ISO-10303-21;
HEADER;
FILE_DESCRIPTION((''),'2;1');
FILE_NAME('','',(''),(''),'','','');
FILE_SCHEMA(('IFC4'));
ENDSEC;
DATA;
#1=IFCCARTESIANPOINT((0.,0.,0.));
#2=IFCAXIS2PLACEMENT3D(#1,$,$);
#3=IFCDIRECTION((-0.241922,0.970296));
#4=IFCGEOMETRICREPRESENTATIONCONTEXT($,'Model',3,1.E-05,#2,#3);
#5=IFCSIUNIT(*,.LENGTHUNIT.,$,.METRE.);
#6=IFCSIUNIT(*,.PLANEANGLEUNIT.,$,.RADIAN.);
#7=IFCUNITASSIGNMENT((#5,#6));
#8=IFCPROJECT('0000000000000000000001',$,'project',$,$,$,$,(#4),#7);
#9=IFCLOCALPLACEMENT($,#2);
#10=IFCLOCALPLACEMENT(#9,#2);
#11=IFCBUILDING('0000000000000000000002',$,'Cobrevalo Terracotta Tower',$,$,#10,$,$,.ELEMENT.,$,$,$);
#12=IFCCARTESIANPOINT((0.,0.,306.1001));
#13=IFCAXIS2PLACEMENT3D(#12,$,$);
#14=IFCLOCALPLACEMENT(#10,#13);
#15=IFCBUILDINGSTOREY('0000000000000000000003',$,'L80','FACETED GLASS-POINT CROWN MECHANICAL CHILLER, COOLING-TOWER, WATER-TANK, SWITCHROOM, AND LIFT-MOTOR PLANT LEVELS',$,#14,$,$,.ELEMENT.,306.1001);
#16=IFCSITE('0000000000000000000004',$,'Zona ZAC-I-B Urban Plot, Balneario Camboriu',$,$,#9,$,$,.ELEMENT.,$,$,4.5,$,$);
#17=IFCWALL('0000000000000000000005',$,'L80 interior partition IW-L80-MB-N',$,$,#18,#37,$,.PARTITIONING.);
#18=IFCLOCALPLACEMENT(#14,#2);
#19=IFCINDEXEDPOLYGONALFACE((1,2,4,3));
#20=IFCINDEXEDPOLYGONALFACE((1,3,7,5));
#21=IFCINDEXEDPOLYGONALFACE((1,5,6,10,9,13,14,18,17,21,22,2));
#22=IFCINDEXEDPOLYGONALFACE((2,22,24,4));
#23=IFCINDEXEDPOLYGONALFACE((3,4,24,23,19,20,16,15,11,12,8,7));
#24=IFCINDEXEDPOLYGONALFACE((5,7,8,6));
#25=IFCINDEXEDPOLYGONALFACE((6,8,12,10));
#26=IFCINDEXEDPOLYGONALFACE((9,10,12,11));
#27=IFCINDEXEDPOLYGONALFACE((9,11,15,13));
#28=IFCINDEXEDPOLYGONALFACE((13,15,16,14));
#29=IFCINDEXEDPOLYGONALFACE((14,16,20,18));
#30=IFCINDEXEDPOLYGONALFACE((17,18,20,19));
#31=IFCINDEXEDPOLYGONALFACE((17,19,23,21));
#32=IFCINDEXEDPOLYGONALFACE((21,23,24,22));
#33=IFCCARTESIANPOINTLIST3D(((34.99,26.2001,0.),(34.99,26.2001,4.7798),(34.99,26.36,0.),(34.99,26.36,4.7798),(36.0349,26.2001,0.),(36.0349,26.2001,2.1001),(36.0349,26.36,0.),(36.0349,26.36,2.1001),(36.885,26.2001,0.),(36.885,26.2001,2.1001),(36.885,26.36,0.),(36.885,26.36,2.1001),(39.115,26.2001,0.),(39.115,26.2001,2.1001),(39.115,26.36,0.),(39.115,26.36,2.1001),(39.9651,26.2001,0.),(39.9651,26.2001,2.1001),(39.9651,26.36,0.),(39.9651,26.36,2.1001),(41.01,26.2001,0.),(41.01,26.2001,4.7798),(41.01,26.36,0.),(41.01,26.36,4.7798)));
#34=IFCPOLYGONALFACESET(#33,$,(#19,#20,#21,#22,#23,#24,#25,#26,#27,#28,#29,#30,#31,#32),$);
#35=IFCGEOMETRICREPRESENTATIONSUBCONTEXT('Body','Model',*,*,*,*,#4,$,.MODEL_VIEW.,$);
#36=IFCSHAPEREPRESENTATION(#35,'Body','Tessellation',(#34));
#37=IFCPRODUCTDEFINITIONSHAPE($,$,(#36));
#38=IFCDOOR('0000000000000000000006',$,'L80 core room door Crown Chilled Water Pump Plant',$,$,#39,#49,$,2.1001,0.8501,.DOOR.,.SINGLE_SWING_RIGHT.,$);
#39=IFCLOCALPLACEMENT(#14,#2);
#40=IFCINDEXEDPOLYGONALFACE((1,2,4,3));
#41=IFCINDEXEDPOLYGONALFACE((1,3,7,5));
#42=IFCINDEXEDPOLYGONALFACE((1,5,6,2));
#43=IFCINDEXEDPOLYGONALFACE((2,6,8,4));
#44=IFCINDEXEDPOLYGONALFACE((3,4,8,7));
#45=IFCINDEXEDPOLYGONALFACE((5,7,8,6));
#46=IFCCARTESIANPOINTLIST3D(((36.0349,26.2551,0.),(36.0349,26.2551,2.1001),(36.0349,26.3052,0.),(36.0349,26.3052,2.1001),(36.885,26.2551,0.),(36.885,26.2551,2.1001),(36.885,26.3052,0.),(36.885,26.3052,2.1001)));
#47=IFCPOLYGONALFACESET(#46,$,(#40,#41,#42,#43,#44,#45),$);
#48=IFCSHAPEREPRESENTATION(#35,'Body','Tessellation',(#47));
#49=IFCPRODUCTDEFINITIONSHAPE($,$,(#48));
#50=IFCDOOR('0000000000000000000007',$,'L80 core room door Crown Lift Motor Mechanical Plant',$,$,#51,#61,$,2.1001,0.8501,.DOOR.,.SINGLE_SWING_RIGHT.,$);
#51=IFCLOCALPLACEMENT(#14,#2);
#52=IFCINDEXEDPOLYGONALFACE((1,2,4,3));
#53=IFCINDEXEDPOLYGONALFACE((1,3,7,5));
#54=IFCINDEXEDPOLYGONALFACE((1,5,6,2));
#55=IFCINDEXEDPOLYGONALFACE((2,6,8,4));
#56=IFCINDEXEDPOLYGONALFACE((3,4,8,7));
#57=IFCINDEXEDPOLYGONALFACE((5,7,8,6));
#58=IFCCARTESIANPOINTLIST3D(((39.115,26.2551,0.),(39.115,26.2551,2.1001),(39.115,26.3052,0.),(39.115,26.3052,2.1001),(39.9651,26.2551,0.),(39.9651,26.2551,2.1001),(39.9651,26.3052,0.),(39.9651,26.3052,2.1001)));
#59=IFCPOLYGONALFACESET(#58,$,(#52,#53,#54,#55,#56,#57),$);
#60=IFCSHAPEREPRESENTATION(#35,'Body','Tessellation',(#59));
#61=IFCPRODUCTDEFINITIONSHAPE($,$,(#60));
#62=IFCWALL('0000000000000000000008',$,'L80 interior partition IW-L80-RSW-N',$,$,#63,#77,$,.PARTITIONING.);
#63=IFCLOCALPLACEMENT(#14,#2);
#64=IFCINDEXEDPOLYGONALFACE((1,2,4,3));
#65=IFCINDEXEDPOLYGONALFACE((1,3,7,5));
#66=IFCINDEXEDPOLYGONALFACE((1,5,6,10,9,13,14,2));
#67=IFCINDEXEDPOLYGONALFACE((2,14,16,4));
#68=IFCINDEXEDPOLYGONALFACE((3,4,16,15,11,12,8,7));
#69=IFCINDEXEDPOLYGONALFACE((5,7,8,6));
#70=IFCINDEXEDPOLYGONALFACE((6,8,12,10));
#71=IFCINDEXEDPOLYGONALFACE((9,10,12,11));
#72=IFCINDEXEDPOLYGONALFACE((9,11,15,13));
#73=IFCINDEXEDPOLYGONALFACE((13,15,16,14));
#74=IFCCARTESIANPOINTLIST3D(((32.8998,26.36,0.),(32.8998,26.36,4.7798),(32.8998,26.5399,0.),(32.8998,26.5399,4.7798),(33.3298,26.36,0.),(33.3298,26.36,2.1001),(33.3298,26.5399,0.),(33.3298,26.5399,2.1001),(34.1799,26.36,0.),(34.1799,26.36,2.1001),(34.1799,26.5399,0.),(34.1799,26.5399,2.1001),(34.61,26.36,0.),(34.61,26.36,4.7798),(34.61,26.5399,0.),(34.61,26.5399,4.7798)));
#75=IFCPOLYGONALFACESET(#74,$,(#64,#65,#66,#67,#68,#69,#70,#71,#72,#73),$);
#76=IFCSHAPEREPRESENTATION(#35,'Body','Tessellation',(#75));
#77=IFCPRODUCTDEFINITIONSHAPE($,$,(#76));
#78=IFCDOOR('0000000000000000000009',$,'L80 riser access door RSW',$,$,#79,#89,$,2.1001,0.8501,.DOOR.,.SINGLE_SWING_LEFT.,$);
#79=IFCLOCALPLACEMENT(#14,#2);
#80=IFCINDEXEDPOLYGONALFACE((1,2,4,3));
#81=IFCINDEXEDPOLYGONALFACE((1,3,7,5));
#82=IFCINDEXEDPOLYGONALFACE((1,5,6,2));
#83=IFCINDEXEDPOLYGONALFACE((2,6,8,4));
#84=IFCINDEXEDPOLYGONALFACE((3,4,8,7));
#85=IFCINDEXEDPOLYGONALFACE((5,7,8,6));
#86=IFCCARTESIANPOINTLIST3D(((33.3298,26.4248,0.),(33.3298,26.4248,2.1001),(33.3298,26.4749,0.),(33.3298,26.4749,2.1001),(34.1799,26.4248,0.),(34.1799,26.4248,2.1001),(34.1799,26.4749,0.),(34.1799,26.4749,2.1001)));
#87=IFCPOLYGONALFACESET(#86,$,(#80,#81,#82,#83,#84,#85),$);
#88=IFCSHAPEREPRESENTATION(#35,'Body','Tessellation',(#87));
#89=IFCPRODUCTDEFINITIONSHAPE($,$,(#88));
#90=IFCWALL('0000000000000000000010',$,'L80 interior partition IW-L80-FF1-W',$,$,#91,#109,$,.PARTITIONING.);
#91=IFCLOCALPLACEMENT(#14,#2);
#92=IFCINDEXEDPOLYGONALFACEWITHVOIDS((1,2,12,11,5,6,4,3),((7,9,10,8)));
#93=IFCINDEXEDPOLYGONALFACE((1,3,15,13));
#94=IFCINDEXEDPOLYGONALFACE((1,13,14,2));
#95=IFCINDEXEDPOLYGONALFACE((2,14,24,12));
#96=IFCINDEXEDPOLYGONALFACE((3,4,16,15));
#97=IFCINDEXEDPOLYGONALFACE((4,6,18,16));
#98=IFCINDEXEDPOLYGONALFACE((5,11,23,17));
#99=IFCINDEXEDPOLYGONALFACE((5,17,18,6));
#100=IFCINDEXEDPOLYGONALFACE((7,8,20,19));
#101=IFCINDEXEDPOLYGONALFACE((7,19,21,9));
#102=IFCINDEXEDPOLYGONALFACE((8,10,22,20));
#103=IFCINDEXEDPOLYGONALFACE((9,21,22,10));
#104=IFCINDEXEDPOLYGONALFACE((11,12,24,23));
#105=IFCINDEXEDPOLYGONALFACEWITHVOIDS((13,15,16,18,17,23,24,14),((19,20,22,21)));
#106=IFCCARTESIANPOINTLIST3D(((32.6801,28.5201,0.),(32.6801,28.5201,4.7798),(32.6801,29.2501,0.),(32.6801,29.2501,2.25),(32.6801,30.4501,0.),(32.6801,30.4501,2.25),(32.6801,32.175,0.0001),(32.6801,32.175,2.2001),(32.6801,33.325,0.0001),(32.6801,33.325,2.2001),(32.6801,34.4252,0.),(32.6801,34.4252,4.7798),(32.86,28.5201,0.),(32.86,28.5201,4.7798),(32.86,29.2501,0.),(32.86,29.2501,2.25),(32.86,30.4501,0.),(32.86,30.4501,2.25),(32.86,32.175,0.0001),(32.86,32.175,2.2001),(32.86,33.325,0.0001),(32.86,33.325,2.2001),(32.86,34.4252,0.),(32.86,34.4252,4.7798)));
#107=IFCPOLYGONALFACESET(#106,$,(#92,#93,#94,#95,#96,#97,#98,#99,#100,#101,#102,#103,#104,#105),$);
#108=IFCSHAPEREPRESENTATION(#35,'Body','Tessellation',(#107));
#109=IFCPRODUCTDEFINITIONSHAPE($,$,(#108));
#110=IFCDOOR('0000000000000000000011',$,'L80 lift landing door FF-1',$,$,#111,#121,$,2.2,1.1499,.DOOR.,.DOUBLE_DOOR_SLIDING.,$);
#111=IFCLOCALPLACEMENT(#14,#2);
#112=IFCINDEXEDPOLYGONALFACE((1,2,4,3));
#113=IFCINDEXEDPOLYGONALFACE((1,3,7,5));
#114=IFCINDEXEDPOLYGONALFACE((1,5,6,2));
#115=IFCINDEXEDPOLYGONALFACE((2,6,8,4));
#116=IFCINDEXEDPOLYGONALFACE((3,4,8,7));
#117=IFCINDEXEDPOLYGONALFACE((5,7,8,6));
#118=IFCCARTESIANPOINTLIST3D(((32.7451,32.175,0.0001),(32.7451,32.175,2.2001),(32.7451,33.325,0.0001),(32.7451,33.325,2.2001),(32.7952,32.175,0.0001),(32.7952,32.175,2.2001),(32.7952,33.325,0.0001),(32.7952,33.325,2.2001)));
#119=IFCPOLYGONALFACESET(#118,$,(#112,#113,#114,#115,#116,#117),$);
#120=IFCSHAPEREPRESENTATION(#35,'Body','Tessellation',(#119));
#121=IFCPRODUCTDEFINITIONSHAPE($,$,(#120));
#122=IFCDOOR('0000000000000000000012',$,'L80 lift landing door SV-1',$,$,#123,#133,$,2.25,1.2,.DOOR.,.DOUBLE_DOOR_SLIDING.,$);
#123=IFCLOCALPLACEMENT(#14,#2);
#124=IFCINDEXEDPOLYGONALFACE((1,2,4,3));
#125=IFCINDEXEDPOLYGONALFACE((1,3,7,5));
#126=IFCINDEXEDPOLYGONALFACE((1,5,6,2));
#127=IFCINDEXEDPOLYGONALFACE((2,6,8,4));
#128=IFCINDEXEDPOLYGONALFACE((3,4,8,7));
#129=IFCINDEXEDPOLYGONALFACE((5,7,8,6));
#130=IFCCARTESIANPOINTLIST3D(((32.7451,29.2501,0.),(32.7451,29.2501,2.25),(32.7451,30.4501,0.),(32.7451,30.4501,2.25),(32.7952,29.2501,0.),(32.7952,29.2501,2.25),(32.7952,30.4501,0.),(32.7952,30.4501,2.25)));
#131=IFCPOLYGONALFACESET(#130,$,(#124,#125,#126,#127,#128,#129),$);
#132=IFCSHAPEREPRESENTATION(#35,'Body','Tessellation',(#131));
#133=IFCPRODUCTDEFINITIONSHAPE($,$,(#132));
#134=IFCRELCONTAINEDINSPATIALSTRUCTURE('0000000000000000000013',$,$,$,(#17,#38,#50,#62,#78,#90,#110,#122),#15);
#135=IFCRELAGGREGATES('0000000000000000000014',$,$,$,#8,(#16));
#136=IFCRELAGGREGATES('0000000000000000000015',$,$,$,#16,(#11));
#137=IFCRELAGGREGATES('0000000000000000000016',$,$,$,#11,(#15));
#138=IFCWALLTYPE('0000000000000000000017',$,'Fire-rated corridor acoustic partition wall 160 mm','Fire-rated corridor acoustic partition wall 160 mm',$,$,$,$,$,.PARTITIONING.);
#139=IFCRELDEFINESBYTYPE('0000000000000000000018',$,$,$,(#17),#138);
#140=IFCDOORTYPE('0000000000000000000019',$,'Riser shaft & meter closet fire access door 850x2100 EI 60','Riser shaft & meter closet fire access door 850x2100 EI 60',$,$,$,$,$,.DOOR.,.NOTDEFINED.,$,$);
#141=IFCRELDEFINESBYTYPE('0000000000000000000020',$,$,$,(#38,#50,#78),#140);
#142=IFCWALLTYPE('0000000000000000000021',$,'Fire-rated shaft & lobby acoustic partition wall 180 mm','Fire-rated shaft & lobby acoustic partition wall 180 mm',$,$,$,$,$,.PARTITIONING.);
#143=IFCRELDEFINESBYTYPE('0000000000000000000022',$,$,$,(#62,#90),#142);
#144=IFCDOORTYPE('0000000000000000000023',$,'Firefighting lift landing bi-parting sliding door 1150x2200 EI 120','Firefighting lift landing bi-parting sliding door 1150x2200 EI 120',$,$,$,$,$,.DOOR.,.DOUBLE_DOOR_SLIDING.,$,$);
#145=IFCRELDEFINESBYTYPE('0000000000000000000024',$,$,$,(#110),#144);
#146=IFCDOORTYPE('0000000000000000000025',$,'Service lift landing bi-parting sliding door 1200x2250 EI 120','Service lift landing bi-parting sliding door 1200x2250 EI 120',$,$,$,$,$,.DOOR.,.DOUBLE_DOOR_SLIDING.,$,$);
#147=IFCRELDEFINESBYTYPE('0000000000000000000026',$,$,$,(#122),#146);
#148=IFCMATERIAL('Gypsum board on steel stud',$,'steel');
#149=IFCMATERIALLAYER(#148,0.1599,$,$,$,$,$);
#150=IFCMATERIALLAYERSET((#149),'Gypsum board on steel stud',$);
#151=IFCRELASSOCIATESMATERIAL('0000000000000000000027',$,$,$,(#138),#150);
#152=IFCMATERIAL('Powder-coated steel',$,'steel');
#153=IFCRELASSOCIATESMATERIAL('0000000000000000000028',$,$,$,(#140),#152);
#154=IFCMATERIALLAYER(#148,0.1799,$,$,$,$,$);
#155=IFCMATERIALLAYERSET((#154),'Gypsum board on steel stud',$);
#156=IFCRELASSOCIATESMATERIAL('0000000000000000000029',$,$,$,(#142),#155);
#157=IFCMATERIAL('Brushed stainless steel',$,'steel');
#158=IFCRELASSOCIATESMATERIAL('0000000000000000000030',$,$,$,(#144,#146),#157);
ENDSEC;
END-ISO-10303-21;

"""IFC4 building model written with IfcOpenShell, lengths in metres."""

from ifc_helpers import new_model, si_unit, direction, frame, frame_2d, origin, place, context, subcontext, project, spatial, rectangle, extrude, source, transform, mapped, material, layer, layer_set, type_object, element, fill, save


model = new_model("IFC4")

# Units and contexts
model_context = context("Model", 3, precision=1e-05, world=origin(), true_north=direction((-0.241922, 0.970296)))
body_context = subcontext(model_context, "Body", "Model", "MODEL_VIEW")
ifc_project = project(units=[si_unit("LENGTHUNIT", "METRE"), si_unit("PLANEANGLEUNIT", "RADIAN")], contexts=[model_context])

# Site, building, storey
site_placement = place(None, origin())
site = spatial("IfcSite", under=ifc_project, at=site_placement, Name="Zona ZAC-I-B Urban Plot, Balneario Camboriu", CompositionType="ELEMENT", RefElevation=4.5)
building_placement = place(site_placement, origin())
building = spatial("IfcBuilding", under=site, at=building_placement, Name="Cobrevalo Terracotta Tower", CompositionType="ELEMENT")
storey_placement = place(building_placement, frame((0.0, 0.0, 306.1001)))
storey = spatial("IfcBuildingStorey", under=building, at=storey_placement, Name="L80", Description="FACETED GLASS-POINT CROWN MECHANICAL CHILLER, COOLING-TOWER, WATER-TANK, SWITCHROOM, AND LIFT-MOTOR PLANT LEVELS", CompositionType="ELEMENT", Elevation=306.1001)

# Shared definitions
ifc_material_1 = material(Name="Gypsum board on steel stud", Category="steel")
ifc_layer_1 = layer(ifc_material_1, 0.1599)
ifc_layer_set_1 = layer_set([ifc_layer_1], Name="Gypsum board on steel stud")
wall_type_1 = type_object("IfcWallType", Name="Fire-rated corridor acoustic partition wall 160 mm", Description="Fire-rated corridor acoustic partition wall 160 mm", PredefinedType="PARTITIONING", material=ifc_layer_set_1)

# Shared definitions
ifc_material_2 = material(Name="Powder-coated steel", Category="steel")
door_type_1 = type_object("IfcDoorType", Name="Riser shaft & meter closet fire access door 850x2100 EI 60", Description="Riser shaft & meter closet fire access door 850x2100 EI 60", OperationType="NOTDEFINED", PredefinedType="DOOR", material=ifc_material_2)
shared_shape_1 = source(origin(), body_context, "Body", "SweptSolid", [
    extrude(rectangle(XDim=0.8501, YDim=2.1001, at=frame_2d((0.425, 1.05))), frame((0.0, 0.0249, 0.0), z_axis=(0.0, -1.0, 0.0), x_axis=(1.0, 0.0, 0.0)), (0.0, 0.0, 1.0), 0.05),
])

# Wall, openings, doors
wall_1_placement = place(storey_placement, frame((34.99, 26.28, 0.0), z_axis=(0.0, 0.0, 1.0), x_axis=(1.0, 0.0, 0.0)))
wall_1 = element("IfcWall", 1, at=wall_1_placement, inside=storey, type_object=wall_type_1, Name="L80 interior partition IW-L80-MB-N", PredefinedType="PARTITIONING", context=body_context, shape_type="SweptSolid", body=[
    extrude(rectangle(XDim=6.02, YDim=0.1599, at=frame_2d((3.01, 0.0))), origin(), (0.0, 0.0, 1.0), 4.7798),
])
opening_1_placement = place(wall_1_placement, frame((1.0449, 0.0, 0.0)))
opening_1 = element("IfcOpeningElement", 2, at=opening_1_placement, cuts=wall_1, PredefinedType="OPENING", context=body_context, shape_type="SweptSolid", body=[
    extrude(rectangle(XDim=0.8501, YDim=2.1001, at=frame_2d((0.425, 1.05))), frame((0.0, 0.0898, 0.0), z_axis=(0.0, -1.0, 0.0), x_axis=(1.0, 0.0, 0.0)), (0.0, 0.0, 1.0), 0.1799),
])
opening_2_placement = place(wall_1_placement, frame((4.125, 0.0, 0.0)))
opening_2 = element("IfcOpeningElement", 3, at=opening_2_placement, cuts=wall_1, PredefinedType="OPENING", context=body_context, shape_type="SweptSolid", body=[
    extrude(rectangle(XDim=0.8501, YDim=2.1001, at=frame_2d((0.425, 1.05))), frame((0.0, 0.0898, 0.0), z_axis=(0.0, -1.0, 0.0), x_axis=(1.0, 0.0, 0.0)), (0.0, 0.0, 1.0), 0.1799),
])
door_1_placement = place(opening_1_placement, frame((0.8501, 0.0, 0.0), z_axis=(0.0, 0.0, 1.0), x_axis=(-1.0, 0.0, 0.0)))
door_1 = element("IfcDoor", 4, at=door_1_placement, inside=storey, type_object=door_type_1, Name="L80 core room door Crown Chilled Water Pump Plant", OperationType="SINGLE_SWING_RIGHT", OverallHeight=2.1001, OverallWidth=0.8501, PredefinedType="DOOR", context=body_context, shape_type="MappedRepresentation", body=[
    mapped(shared_shape_1, transform((0.0, 0.0, 0.0), scale=1.0)),
])
fill(opening_1, door_1)
door_2_placement = place(opening_2_placement, frame((0.8501, 0.0, 0.0), z_axis=(0.0, 0.0, 1.0), x_axis=(-1.0, 0.0, 0.0)))
door_2 = element("IfcDoor", 5, at=door_2_placement, inside=storey, type_object=door_type_1, Name="L80 core room door Crown Lift Motor Mechanical Plant", OperationType="SINGLE_SWING_RIGHT", OverallHeight=2.1001, OverallWidth=0.8501, PredefinedType="DOOR", context=body_context, shape_type="MappedRepresentation", body=[
    mapped(shared_shape_1, transform((0.0, 0.0, 0.0), scale=1.0)),
])
fill(opening_2, door_2)

# Wall, opening, door
ifc_layer_2 = layer(ifc_material_1, 0.1799)
ifc_layer_set_2 = layer_set([ifc_layer_2], Name="Gypsum board on steel stud")
wall_type_2 = type_object("IfcWallType", Name="Fire-rated shaft & lobby acoustic partition wall 180 mm", Description="Fire-rated shaft & lobby acoustic partition wall 180 mm", PredefinedType="PARTITIONING", material=ifc_layer_set_2)
wall_2_placement = place(storey_placement, frame((32.8999, 26.45, 0.0), z_axis=(0.0, 0.0, 1.0), x_axis=(1.0, 0.0, 0.0)))
wall_2 = element("IfcWall", 6, at=wall_2_placement, inside=storey, type_object=wall_type_2, Name="L80 interior partition IW-L80-RSW-N", PredefinedType="PARTITIONING", context=body_context, shape_type="SweptSolid", body=[
    extrude(rectangle(XDim=1.7102, YDim=0.1799, at=frame_2d((0.855, 0.0))), origin(), (0.0, 0.0, 1.0), 4.7798),
])
opening_3_placement = place(wall_2_placement, frame((0.4299, 0.0, 0.0)))
opening_3 = element("IfcOpeningElement", 7, at=opening_3_placement, cuts=wall_2, PredefinedType="OPENING", context=body_context, shape_type="SweptSolid", body=[
    extrude(rectangle(XDim=0.8501, YDim=2.1001, at=frame_2d((0.425, 1.05))), frame((0.0, 0.1001, 0.0), z_axis=(0.0, -1.0, 0.0), x_axis=(1.0, 0.0, 0.0)), (0.0, 0.0, 1.0), 0.2),
])
door_3_placement = place(opening_3_placement, origin())
door_3 = element("IfcDoor", 8, at=door_3_placement, inside=storey, type_object=door_type_1, Name="L80 riser access door RSW", OperationType="SINGLE_SWING_LEFT", OverallHeight=2.1001, OverallWidth=0.8501, PredefinedType="DOOR", context=body_context, shape_type="MappedRepresentation", body=[
    mapped(shared_shape_1, transform((0.0, 0.0, 0.0), scale=1.0)),
])
fill(opening_3, door_3)

# Wall, openings, doors
wall_3_placement = place(storey_placement, frame((32.77, 28.52, 0.0), z_axis=(0.0, 0.0, 1.0), x_axis=(0.0, 1.0, 0.0)))
wall_3 = element("IfcWall", 9, at=wall_3_placement, inside=storey, type_object=wall_type_2, Name="L80 interior partition IW-L80-FF1-W", PredefinedType="PARTITIONING", context=body_context, shape_type="SweptSolid", body=[
    extrude(rectangle(XDim=5.905, YDim=0.1799, at=frame_2d((2.9526, 0.0))), origin(), (0.0, 0.0, 1.0), 4.7798),
])
opening_4_placement = place(wall_3_placement, frame((3.655, 0.0, 0.0)))
opening_4 = element("IfcOpeningElement", 10, at=opening_4_placement, cuts=wall_3, PredefinedType="OPENING", context=body_context, shape_type="SweptSolid", body=[
    extrude(rectangle(XDim=1.1499, YDim=2.2, at=frame_2d((0.575, 1.1001))), frame((0.0, 0.1001, 0.0), z_axis=(0.0, -1.0, 0.0), x_axis=(1.0, 0.0, 0.0)), (0.0, 0.0, 1.0), 0.2),
])
opening_5_placement = place(wall_3_placement, frame((0.73, 0.0, 0.0)))
opening_5 = element("IfcOpeningElement", 11, at=opening_5_placement, cuts=wall_3, PredefinedType="OPENING", context=body_context, shape_type="SweptSolid", body=[
    extrude(rectangle(XDim=1.2, YDim=2.25, at=frame_2d((0.6001, 1.125))), frame((0.0, 0.1001, 0.0), z_axis=(0.0, -1.0, 0.0), x_axis=(1.0, 0.0, 0.0)), (0.0, 0.0, 1.0), 0.2),
])
ifc_material_3 = material(Name="Brushed stainless steel", Category="steel")
door_type_2 = type_object("IfcDoorType", Name="Firefighting lift landing bi-parting sliding door 1150x2200 EI 120", Description="Firefighting lift landing bi-parting sliding door 1150x2200 EI 120", OperationType="DOUBLE_DOOR_SLIDING", PredefinedType="DOOR", material=ifc_material_3)
shared_shape_2 = source(origin(), body_context, "Body", "SweptSolid", [
    extrude(rectangle(XDim=1.1499, YDim=2.2, at=frame_2d((0.575, 1.1001))), frame((0.0, 0.0249, 0.0), z_axis=(0.0, -1.0, 0.0), x_axis=(1.0, 0.0, 0.0)), (0.0, 0.0, 1.0), 0.05),
])
door_4_placement = place(opening_4_placement, origin())
door_4 = element("IfcDoor", 12, at=door_4_placement, inside=storey, type_object=door_type_2, Name="L80 lift landing door FF-1", OperationType="DOUBLE_DOOR_SLIDING", OverallHeight=2.2, OverallWidth=1.1499, PredefinedType="DOOR", context=body_context, shape_type="MappedRepresentation", body=[
    mapped(shared_shape_2, transform((0.0, 0.0, 0.0), scale=1.0)),
])
fill(opening_4, door_4)
door_type_3 = type_object("IfcDoorType", Name="Service lift landing bi-parting sliding door 1200x2250 EI 120", Description="Service lift landing bi-parting sliding door 1200x2250 EI 120", OperationType="DOUBLE_DOOR_SLIDING", PredefinedType="DOOR", material=ifc_material_3)
shared_shape_3 = source(origin(), body_context, "Body", "SweptSolid", [
    extrude(rectangle(XDim=1.2, YDim=2.25, at=frame_2d((0.6001, 1.125))), frame((0.0, 0.0249, 0.0), z_axis=(0.0, -1.0, 0.0), x_axis=(1.0, 0.0, 0.0)), (0.0, 0.0, 1.0), 0.05),
])
door_5_placement = place(opening_5_placement, origin())
door_5 = element("IfcDoor", 13, at=door_5_placement, inside=storey, type_object=door_type_3, Name="L80 lift landing door SV-1", OperationType="DOUBLE_DOOR_SLIDING", OverallHeight=2.25, OverallWidth=1.2, PredefinedType="DOOR", context=body_context, shape_type="MappedRepresentation", body=[
    mapped(shared_shape_3, transform((0.0, 0.0, 0.0), scale=1.0)),
])
fill(opening_5, door_5)

save(model, "model.ifc")
